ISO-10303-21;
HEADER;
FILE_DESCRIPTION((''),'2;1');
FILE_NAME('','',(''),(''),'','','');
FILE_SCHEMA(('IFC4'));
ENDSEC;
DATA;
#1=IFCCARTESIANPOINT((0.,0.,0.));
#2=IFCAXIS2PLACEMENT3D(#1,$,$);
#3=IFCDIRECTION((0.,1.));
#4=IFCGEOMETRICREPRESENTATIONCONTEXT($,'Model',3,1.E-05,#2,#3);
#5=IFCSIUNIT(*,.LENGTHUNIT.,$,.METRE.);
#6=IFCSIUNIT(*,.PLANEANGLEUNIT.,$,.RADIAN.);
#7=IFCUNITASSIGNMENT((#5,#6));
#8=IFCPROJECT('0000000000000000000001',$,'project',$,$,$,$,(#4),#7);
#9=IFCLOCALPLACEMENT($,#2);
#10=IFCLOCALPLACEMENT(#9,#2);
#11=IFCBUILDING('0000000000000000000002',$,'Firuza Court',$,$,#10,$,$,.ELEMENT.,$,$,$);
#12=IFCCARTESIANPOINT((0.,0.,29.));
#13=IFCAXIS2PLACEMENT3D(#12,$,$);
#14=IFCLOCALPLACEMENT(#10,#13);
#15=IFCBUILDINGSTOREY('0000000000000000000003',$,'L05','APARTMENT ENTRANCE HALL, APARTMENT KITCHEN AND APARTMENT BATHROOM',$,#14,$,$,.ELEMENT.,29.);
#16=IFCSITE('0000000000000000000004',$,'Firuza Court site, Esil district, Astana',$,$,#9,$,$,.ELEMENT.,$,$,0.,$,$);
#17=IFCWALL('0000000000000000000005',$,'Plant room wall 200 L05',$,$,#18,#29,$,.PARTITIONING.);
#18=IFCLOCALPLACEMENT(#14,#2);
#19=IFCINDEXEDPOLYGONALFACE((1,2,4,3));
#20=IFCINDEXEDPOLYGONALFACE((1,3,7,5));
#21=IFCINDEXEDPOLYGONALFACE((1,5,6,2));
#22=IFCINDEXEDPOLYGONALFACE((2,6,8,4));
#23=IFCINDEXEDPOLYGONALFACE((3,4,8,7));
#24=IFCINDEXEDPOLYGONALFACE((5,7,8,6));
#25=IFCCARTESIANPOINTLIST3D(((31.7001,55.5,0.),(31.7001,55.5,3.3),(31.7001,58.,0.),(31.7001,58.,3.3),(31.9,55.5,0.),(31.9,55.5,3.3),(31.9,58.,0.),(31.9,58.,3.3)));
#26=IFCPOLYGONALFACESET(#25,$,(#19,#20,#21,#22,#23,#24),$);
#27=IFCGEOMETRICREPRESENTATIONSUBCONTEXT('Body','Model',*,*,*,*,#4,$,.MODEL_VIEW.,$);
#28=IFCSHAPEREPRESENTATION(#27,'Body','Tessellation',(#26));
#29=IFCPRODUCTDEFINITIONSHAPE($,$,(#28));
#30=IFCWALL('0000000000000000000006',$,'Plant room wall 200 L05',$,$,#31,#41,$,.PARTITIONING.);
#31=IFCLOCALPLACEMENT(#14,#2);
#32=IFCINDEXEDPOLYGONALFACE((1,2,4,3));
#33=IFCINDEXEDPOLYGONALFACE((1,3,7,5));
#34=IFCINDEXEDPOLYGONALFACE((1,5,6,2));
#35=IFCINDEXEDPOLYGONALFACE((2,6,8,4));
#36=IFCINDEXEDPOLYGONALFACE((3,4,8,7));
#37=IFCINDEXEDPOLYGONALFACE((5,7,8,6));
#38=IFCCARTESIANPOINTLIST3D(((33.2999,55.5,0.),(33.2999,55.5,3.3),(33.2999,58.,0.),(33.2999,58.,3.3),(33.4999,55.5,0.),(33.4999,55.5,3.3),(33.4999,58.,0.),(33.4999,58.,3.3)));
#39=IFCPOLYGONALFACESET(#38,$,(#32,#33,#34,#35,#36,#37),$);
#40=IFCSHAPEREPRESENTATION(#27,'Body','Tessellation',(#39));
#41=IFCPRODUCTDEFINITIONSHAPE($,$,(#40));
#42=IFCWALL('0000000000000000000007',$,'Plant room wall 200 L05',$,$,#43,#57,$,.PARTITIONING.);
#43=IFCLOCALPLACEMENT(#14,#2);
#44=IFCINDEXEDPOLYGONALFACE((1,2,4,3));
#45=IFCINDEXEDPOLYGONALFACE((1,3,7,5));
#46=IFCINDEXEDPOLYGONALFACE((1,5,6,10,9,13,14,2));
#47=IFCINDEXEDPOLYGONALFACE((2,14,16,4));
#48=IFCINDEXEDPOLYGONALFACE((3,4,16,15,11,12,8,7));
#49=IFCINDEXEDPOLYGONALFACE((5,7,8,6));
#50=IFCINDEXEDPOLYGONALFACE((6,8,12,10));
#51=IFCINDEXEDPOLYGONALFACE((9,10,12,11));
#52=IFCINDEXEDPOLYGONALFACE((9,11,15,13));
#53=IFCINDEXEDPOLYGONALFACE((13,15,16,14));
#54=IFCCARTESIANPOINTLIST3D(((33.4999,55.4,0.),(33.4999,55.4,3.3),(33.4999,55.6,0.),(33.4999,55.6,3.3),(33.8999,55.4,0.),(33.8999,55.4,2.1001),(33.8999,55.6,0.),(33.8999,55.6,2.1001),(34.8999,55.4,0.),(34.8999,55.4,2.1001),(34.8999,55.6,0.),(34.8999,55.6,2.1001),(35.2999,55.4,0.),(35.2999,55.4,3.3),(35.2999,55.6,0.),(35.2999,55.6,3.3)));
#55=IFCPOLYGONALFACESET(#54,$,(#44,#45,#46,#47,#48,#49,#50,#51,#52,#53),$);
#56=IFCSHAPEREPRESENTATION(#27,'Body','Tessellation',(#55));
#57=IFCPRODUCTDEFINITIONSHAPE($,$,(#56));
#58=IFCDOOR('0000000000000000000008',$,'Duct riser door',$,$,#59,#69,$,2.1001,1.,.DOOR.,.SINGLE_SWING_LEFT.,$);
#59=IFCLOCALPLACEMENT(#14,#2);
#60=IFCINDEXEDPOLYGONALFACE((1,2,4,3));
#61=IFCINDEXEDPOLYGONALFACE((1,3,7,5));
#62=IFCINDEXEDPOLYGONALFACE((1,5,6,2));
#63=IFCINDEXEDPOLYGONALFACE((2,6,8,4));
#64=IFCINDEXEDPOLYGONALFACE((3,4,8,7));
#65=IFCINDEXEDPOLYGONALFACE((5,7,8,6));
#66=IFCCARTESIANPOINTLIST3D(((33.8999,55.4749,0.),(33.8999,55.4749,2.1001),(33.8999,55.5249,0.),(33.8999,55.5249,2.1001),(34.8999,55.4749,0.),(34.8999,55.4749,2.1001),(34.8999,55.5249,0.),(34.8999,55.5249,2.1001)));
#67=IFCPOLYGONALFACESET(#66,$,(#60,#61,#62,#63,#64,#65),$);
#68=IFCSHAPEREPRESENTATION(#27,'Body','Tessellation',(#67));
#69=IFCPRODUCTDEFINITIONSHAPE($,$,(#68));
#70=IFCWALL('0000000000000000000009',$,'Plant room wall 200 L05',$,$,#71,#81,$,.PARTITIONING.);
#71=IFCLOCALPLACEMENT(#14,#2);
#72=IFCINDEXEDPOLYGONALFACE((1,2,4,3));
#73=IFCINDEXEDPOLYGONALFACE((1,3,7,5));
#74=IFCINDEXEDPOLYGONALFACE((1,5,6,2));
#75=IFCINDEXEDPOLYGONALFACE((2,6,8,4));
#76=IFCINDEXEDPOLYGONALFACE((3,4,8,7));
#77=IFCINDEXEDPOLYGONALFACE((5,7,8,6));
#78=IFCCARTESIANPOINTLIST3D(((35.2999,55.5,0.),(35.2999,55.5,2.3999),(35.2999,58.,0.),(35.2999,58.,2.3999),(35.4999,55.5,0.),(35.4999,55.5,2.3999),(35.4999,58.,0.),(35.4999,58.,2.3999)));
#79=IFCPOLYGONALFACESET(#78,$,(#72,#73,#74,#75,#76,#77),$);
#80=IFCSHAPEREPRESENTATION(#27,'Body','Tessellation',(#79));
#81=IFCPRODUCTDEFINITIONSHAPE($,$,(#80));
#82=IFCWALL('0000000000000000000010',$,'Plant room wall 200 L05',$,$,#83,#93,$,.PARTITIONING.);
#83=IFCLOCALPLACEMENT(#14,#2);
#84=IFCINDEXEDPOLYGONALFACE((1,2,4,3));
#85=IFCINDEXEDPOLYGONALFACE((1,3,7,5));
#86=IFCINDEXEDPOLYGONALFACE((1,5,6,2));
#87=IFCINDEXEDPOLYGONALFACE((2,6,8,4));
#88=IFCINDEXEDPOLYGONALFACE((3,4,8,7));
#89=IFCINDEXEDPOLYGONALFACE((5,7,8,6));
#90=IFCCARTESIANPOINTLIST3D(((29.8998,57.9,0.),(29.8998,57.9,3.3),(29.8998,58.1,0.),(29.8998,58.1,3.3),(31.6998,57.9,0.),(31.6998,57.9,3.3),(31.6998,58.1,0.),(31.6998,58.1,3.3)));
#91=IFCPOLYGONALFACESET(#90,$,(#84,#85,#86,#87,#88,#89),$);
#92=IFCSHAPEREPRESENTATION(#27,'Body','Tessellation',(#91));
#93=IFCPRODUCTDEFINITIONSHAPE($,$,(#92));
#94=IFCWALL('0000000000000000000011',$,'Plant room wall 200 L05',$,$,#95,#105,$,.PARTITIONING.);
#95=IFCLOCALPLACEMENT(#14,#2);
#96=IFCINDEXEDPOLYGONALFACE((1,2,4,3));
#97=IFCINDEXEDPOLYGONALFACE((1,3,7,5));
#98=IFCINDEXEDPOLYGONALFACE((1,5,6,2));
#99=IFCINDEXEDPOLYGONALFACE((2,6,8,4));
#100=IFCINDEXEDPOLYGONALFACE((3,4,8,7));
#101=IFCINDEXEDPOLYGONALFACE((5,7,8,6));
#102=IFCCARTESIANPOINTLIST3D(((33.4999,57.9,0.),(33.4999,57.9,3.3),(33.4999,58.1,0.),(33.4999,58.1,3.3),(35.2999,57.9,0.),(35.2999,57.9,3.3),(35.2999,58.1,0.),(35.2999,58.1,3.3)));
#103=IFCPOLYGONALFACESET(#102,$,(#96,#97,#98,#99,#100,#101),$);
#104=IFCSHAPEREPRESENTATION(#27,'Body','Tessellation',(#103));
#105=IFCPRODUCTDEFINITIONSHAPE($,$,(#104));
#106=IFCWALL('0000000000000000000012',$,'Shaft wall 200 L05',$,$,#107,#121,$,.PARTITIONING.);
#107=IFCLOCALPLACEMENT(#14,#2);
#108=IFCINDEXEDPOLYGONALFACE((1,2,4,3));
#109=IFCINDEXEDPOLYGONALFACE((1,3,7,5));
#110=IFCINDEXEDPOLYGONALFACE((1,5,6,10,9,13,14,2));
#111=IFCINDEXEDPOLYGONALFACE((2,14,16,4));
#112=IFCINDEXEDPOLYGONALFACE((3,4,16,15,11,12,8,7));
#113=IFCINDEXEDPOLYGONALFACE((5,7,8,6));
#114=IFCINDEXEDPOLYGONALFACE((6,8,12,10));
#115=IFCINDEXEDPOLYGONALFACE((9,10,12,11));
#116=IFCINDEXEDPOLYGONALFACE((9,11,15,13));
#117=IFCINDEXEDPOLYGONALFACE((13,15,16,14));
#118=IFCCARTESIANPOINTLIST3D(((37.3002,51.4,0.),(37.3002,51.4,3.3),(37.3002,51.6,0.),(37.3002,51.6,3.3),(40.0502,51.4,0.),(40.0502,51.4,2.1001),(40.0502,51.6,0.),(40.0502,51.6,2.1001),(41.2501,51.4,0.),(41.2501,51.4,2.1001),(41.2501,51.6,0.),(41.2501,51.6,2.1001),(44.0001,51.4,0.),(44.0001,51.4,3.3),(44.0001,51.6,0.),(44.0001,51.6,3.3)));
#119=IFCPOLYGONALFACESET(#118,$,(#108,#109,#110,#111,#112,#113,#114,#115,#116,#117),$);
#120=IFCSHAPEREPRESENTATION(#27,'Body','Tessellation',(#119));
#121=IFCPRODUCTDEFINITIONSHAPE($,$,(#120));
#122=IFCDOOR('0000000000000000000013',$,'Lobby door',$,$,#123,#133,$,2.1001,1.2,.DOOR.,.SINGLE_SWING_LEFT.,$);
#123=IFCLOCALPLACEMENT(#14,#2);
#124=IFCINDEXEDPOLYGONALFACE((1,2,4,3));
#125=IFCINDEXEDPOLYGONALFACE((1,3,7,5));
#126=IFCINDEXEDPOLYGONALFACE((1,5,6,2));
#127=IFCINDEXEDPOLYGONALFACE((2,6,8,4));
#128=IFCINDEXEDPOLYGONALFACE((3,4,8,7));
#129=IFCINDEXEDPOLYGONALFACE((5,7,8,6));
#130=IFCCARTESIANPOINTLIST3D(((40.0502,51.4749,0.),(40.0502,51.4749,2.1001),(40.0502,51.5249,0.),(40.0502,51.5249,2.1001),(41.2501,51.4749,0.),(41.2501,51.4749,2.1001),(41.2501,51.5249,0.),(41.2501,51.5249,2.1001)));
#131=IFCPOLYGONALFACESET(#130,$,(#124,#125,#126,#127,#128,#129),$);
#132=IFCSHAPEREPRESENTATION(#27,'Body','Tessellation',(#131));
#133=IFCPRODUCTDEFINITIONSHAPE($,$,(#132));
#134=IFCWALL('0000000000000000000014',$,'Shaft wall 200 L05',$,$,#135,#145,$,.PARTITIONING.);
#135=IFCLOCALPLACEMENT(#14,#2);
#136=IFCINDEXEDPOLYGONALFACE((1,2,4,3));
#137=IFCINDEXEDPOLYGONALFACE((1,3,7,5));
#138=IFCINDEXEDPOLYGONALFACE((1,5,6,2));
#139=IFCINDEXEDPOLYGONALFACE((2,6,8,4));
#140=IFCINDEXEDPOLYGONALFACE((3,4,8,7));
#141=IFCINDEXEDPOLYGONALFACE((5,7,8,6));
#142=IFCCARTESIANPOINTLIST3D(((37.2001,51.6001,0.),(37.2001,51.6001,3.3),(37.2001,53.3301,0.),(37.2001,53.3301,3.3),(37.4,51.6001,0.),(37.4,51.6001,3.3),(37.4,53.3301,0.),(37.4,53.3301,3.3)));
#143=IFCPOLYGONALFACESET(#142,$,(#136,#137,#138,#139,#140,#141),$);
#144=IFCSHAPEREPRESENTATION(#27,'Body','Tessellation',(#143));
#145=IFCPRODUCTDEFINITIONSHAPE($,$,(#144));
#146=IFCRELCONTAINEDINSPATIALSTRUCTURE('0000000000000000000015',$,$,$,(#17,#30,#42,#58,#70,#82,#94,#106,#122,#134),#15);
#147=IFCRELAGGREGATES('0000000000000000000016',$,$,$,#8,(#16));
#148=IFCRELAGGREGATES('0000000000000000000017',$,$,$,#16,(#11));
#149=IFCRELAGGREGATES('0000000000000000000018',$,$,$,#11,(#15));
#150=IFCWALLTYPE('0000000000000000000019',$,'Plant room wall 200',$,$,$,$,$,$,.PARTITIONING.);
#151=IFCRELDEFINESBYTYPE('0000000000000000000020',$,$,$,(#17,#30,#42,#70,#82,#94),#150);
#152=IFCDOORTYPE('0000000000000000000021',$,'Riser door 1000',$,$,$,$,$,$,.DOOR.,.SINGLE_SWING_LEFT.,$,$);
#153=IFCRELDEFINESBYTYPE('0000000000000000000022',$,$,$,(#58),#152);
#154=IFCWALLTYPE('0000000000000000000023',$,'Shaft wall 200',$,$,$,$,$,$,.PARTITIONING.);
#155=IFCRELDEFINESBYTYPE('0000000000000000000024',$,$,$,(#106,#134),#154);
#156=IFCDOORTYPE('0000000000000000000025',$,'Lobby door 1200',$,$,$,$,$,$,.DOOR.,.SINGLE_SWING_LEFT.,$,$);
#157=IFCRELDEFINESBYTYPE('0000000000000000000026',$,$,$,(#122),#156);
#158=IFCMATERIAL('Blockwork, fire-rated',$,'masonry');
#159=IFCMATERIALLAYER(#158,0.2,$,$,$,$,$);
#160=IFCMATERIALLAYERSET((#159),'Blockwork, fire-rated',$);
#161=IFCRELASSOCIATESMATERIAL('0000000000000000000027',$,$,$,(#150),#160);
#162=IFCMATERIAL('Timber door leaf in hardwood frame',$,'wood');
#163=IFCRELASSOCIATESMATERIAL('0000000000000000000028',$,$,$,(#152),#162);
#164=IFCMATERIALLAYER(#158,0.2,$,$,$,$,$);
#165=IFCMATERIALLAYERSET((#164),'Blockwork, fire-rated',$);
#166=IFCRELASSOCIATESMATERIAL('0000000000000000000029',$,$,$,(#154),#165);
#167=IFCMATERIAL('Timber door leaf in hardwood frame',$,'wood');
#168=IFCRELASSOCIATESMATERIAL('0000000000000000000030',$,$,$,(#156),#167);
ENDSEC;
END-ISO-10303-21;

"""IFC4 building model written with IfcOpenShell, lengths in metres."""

from ifc_helpers import new_model, si_unit, direction, frame, frame_2d, origin, place, context, subcontext, project, spatial, rectangle, extrude, material, layer, layer_set, type_object, element, fill, save


model = new_model("IFC4")

# Units and contexts
model_context = context("Model", 3, precision=1e-05, world=origin(), true_north=direction((0.0, 1.0)))
body_context = subcontext(model_context, "Body", "Model", "MODEL_VIEW")
ifc_project = project(units=[si_unit("LENGTHUNIT", "METRE"), si_unit("PLANEANGLEUNIT", "RADIAN")], contexts=[model_context])

# Site, building, storey
site_placement = place(None, origin())
site = spatial("IfcSite", under=ifc_project, at=site_placement, Name="Firuza Court site, Esil district, Astana", CompositionType="ELEMENT", RefElevation=0.0)
building_placement = place(site_placement, origin())
building = spatial("IfcBuilding", under=site, at=building_placement, Name="Firuza Court", CompositionType="ELEMENT")
storey_placement = place(building_placement, frame((0.0, 0.0, 29.0)))
storey = spatial("IfcBuildingStorey", under=building, at=storey_placement, Name="L05", Description="APARTMENT ENTRANCE HALL, APARTMENT KITCHEN AND APARTMENT BATHROOM", CompositionType="ELEMENT", Elevation=29.0)

# Shared definitions
ifc_material_1 = material(Name="Blockwork, fire-rated", Category="masonry")
ifc_layer_1 = layer(ifc_material_1, 0.2)
ifc_layer_set_1 = layer_set([ifc_layer_1], Name="Blockwork, fire-rated")
wall_type_1 = type_object("IfcWallType", Name="Plant room wall 200", PredefinedType="PARTITIONING", material=ifc_layer_set_1)

# Shared definitions
ifc_material_2 = material(Name="Timber door leaf in hardwood frame", Category="wood")
door_type_1 = type_object("IfcDoorType", Name="Riser door 1000", OperationType="SINGLE_SWING_LEFT", PredefinedType="DOOR", material=ifc_material_2)

# Walls
for number, where, z_axis, x_axis, name in (
    (1, (31.8, 55.5, 0.0), (0.0, 0.0, 1.0), (0.0, 1.0, 0.0), "Plant room wall 200 L05"),
    (2, (33.3999, 55.5, 0.0), (0.0, 0.0, 1.0), (0.0, 1.0, 0.0), "Plant room wall 200 L05"),
):
    element("IfcWall", number, at=place(storey_placement, frame(where, z_axis=z_axis, x_axis=x_axis)), inside=storey, type_object=wall_type_1, Name=name, PredefinedType="PARTITIONING", context=body_context, shape_type="SweptSolid", body=[
        extrude(rectangle(XDim=2.5, YDim=0.2, at=frame_2d((1.25, 0.0))), origin(), (0.0, 0.0, 1.0), 3.3),
    ])

# Wall, opening, door
wall_1_placement = place(storey_placement, frame((33.5, 55.5, 0.0), z_axis=(0.0, 0.0, 1.0), x_axis=(1.0, 0.0, 0.0)))
wall_1 = element("IfcWall", 3, at=wall_1_placement, inside=storey, type_object=wall_type_1, Name="Plant room wall 200 L05", PredefinedType="PARTITIONING", context=body_context, shape_type="SweptSolid", body=[
    extrude(rectangle(XDim=1.8, YDim=0.2, at=frame_2d((0.8999, 0.0))), origin(), (0.0, 0.0, 1.0), 3.3),
])
opening_1_placement = place(wall_1_placement, frame((0.3999, 0.0, 0.0)))
opening_1 = element("IfcOpeningElement", 4, at=opening_1_placement, cuts=wall_1, PredefinedType="OPENING", context=body_context, shape_type="SweptSolid", body=[
    extrude(rectangle(XDim=1.0, YDim=2.1001, at=frame_2d((0.5, 1.05))), frame((0.0, 0.1118, 0.0), z_axis=(0.0, -1.0, 0.0), x_axis=(1.0, 0.0, 0.0)), (0.0, 0.0, 1.0), 0.2239),
])
door_1_placement = place(opening_1_placement, origin())
door_1 = element("IfcDoor", 5, at=door_1_placement, inside=storey, type_object=door_type_1, Name="Duct riser door", OperationType="SINGLE_SWING_LEFT", OverallHeight=2.1001, OverallWidth=1.0, PredefinedType="DOOR", context=body_context, shape_type="SweptSolid", body=[
    extrude(rectangle(XDim=1.0, YDim=2.1001, at=frame_2d((0.5, 1.05))), frame((0.0, 0.0249, 0.0), z_axis=(0.0, -1.0, 0.0), x_axis=(1.0, 0.0, 0.0)), (0.0, 0.0, 1.0), 0.05),
])
fill(opening_1, door_1)

# Walls
wall_2_placement = place(storey_placement, frame((35.3999, 55.5, 0.0), z_axis=(0.0, 0.0, 1.0), x_axis=(0.0, 1.0, 0.0)))
element("IfcWall", 6, at=wall_2_placement, inside=storey, type_object=wall_type_1, Name="Plant room wall 200 L05", PredefinedType="PARTITIONING", context=body_context, shape_type="SweptSolid", body=[
    extrude(rectangle(XDim=2.5, YDim=0.2, at=frame_2d((1.25, 0.0))), origin(), (0.0, 0.0, 1.0), 2.3999),
])
for number, where, z_axis, x_axis, name in (
    (7, (29.8999, 58.0, 0.0), (0.0, 0.0, 1.0), (1.0, 0.0, 0.0), "Plant room wall 200 L05"),
    (8, (33.5, 58.0, 0.0), (0.0, 0.0, 1.0), (1.0, 0.0, 0.0), "Plant room wall 200 L05"),
):
    element("IfcWall", number, at=place(storey_placement, frame(where, z_axis=z_axis, x_axis=x_axis)), inside=storey, type_object=wall_type_1, Name=name, PredefinedType="PARTITIONING", context=body_context, shape_type="SweptSolid", body=[
        extrude(rectangle(XDim=1.8, YDim=0.2, at=frame_2d((0.8999, 0.0))), origin(), (0.0, 0.0, 1.0), 3.3),
    ])

# Wall, opening, door
ifc_layer_2 = layer(ifc_material_1, 0.2)
ifc_layer_set_2 = layer_set([ifc_layer_2], Name="Blockwork, fire-rated")
wall_type_2 = type_object("IfcWallType", Name="Shaft wall 200", PredefinedType="PARTITIONING", material=ifc_layer_set_2)
wall_3_placement = place(storey_placement, frame((37.3, 51.5, 0.0), z_axis=(0.0, 0.0, 1.0), x_axis=(1.0, 0.0, 0.0)))
wall_3 = element("IfcWall", 9, at=wall_3_placement, inside=storey, type_object=wall_type_2, Name="Shaft wall 200 L05", PredefinedType="PARTITIONING", context=body_context, shape_type="SweptSolid", body=[
    extrude(rectangle(XDim=6.7, YDim=0.2, at=frame_2d((3.3501, 0.0))), origin(), (0.0, 0.0, 1.0), 3.3),
])
opening_2_placement = place(wall_3_placement, frame((2.75, 0.0, 0.0)))
opening_2 = element("IfcOpeningElement", 10, at=opening_2_placement, cuts=wall_3, PredefinedType="OPENING", context=body_context, shape_type="SweptSolid", body=[
    extrude(rectangle(XDim=1.2, YDim=2.1001, at=frame_2d((0.6001, 1.05))), frame((0.0, 0.1118, 0.0), z_axis=(0.0, -1.0, 0.0), x_axis=(1.0, 0.0, 0.0)), (0.0, 0.0, 1.0), 0.2239),
])
ifc_material_3 = material(Name="Timber door leaf in hardwood frame", Category="wood")
door_type_2 = type_object("IfcDoorType", Name="Lobby door 1200", OperationType="SINGLE_SWING_LEFT", PredefinedType="DOOR", material=ifc_material_3)
door_2_placement = place(opening_2_placement, origin())
door_2 = element("IfcDoor", 11, at=door_2_placement, inside=storey, type_object=door_type_2, Name="Lobby door", OperationType="SINGLE_SWING_LEFT", OverallHeight=2.1001, OverallWidth=1.2, PredefinedType="DOOR", context=body_context, shape_type="SweptSolid", body=[
    extrude(rectangle(XDim=1.2, YDim=2.1001, at=frame_2d((0.6001, 1.05))), frame((0.0, 0.0249, 0.0), z_axis=(0.0, -1.0, 0.0), x_axis=(1.0, 0.0, 0.0)), (0.0, 0.0, 1.0), 0.05),
])
fill(opening_2, door_2)

# Wall
wall_4_placement = place(storey_placement, frame((37.3, 51.6001, 0.0), z_axis=(0.0, 0.0, 1.0), x_axis=(0.0, 1.0, 0.0)))
element("IfcWall", 12, at=wall_4_placement, inside=storey, type_object=wall_type_2, Name="Shaft wall 200 L05", PredefinedType="PARTITIONING", context=body_context, shape_type="SweptSolid", body=[
    extrude(rectangle(XDim=1.73, YDim=0.2, at=frame_2d((0.865, 0.0))), origin(), (0.0, 0.0, 1.0), 3.3),
])

save(model, "model.ifc")
